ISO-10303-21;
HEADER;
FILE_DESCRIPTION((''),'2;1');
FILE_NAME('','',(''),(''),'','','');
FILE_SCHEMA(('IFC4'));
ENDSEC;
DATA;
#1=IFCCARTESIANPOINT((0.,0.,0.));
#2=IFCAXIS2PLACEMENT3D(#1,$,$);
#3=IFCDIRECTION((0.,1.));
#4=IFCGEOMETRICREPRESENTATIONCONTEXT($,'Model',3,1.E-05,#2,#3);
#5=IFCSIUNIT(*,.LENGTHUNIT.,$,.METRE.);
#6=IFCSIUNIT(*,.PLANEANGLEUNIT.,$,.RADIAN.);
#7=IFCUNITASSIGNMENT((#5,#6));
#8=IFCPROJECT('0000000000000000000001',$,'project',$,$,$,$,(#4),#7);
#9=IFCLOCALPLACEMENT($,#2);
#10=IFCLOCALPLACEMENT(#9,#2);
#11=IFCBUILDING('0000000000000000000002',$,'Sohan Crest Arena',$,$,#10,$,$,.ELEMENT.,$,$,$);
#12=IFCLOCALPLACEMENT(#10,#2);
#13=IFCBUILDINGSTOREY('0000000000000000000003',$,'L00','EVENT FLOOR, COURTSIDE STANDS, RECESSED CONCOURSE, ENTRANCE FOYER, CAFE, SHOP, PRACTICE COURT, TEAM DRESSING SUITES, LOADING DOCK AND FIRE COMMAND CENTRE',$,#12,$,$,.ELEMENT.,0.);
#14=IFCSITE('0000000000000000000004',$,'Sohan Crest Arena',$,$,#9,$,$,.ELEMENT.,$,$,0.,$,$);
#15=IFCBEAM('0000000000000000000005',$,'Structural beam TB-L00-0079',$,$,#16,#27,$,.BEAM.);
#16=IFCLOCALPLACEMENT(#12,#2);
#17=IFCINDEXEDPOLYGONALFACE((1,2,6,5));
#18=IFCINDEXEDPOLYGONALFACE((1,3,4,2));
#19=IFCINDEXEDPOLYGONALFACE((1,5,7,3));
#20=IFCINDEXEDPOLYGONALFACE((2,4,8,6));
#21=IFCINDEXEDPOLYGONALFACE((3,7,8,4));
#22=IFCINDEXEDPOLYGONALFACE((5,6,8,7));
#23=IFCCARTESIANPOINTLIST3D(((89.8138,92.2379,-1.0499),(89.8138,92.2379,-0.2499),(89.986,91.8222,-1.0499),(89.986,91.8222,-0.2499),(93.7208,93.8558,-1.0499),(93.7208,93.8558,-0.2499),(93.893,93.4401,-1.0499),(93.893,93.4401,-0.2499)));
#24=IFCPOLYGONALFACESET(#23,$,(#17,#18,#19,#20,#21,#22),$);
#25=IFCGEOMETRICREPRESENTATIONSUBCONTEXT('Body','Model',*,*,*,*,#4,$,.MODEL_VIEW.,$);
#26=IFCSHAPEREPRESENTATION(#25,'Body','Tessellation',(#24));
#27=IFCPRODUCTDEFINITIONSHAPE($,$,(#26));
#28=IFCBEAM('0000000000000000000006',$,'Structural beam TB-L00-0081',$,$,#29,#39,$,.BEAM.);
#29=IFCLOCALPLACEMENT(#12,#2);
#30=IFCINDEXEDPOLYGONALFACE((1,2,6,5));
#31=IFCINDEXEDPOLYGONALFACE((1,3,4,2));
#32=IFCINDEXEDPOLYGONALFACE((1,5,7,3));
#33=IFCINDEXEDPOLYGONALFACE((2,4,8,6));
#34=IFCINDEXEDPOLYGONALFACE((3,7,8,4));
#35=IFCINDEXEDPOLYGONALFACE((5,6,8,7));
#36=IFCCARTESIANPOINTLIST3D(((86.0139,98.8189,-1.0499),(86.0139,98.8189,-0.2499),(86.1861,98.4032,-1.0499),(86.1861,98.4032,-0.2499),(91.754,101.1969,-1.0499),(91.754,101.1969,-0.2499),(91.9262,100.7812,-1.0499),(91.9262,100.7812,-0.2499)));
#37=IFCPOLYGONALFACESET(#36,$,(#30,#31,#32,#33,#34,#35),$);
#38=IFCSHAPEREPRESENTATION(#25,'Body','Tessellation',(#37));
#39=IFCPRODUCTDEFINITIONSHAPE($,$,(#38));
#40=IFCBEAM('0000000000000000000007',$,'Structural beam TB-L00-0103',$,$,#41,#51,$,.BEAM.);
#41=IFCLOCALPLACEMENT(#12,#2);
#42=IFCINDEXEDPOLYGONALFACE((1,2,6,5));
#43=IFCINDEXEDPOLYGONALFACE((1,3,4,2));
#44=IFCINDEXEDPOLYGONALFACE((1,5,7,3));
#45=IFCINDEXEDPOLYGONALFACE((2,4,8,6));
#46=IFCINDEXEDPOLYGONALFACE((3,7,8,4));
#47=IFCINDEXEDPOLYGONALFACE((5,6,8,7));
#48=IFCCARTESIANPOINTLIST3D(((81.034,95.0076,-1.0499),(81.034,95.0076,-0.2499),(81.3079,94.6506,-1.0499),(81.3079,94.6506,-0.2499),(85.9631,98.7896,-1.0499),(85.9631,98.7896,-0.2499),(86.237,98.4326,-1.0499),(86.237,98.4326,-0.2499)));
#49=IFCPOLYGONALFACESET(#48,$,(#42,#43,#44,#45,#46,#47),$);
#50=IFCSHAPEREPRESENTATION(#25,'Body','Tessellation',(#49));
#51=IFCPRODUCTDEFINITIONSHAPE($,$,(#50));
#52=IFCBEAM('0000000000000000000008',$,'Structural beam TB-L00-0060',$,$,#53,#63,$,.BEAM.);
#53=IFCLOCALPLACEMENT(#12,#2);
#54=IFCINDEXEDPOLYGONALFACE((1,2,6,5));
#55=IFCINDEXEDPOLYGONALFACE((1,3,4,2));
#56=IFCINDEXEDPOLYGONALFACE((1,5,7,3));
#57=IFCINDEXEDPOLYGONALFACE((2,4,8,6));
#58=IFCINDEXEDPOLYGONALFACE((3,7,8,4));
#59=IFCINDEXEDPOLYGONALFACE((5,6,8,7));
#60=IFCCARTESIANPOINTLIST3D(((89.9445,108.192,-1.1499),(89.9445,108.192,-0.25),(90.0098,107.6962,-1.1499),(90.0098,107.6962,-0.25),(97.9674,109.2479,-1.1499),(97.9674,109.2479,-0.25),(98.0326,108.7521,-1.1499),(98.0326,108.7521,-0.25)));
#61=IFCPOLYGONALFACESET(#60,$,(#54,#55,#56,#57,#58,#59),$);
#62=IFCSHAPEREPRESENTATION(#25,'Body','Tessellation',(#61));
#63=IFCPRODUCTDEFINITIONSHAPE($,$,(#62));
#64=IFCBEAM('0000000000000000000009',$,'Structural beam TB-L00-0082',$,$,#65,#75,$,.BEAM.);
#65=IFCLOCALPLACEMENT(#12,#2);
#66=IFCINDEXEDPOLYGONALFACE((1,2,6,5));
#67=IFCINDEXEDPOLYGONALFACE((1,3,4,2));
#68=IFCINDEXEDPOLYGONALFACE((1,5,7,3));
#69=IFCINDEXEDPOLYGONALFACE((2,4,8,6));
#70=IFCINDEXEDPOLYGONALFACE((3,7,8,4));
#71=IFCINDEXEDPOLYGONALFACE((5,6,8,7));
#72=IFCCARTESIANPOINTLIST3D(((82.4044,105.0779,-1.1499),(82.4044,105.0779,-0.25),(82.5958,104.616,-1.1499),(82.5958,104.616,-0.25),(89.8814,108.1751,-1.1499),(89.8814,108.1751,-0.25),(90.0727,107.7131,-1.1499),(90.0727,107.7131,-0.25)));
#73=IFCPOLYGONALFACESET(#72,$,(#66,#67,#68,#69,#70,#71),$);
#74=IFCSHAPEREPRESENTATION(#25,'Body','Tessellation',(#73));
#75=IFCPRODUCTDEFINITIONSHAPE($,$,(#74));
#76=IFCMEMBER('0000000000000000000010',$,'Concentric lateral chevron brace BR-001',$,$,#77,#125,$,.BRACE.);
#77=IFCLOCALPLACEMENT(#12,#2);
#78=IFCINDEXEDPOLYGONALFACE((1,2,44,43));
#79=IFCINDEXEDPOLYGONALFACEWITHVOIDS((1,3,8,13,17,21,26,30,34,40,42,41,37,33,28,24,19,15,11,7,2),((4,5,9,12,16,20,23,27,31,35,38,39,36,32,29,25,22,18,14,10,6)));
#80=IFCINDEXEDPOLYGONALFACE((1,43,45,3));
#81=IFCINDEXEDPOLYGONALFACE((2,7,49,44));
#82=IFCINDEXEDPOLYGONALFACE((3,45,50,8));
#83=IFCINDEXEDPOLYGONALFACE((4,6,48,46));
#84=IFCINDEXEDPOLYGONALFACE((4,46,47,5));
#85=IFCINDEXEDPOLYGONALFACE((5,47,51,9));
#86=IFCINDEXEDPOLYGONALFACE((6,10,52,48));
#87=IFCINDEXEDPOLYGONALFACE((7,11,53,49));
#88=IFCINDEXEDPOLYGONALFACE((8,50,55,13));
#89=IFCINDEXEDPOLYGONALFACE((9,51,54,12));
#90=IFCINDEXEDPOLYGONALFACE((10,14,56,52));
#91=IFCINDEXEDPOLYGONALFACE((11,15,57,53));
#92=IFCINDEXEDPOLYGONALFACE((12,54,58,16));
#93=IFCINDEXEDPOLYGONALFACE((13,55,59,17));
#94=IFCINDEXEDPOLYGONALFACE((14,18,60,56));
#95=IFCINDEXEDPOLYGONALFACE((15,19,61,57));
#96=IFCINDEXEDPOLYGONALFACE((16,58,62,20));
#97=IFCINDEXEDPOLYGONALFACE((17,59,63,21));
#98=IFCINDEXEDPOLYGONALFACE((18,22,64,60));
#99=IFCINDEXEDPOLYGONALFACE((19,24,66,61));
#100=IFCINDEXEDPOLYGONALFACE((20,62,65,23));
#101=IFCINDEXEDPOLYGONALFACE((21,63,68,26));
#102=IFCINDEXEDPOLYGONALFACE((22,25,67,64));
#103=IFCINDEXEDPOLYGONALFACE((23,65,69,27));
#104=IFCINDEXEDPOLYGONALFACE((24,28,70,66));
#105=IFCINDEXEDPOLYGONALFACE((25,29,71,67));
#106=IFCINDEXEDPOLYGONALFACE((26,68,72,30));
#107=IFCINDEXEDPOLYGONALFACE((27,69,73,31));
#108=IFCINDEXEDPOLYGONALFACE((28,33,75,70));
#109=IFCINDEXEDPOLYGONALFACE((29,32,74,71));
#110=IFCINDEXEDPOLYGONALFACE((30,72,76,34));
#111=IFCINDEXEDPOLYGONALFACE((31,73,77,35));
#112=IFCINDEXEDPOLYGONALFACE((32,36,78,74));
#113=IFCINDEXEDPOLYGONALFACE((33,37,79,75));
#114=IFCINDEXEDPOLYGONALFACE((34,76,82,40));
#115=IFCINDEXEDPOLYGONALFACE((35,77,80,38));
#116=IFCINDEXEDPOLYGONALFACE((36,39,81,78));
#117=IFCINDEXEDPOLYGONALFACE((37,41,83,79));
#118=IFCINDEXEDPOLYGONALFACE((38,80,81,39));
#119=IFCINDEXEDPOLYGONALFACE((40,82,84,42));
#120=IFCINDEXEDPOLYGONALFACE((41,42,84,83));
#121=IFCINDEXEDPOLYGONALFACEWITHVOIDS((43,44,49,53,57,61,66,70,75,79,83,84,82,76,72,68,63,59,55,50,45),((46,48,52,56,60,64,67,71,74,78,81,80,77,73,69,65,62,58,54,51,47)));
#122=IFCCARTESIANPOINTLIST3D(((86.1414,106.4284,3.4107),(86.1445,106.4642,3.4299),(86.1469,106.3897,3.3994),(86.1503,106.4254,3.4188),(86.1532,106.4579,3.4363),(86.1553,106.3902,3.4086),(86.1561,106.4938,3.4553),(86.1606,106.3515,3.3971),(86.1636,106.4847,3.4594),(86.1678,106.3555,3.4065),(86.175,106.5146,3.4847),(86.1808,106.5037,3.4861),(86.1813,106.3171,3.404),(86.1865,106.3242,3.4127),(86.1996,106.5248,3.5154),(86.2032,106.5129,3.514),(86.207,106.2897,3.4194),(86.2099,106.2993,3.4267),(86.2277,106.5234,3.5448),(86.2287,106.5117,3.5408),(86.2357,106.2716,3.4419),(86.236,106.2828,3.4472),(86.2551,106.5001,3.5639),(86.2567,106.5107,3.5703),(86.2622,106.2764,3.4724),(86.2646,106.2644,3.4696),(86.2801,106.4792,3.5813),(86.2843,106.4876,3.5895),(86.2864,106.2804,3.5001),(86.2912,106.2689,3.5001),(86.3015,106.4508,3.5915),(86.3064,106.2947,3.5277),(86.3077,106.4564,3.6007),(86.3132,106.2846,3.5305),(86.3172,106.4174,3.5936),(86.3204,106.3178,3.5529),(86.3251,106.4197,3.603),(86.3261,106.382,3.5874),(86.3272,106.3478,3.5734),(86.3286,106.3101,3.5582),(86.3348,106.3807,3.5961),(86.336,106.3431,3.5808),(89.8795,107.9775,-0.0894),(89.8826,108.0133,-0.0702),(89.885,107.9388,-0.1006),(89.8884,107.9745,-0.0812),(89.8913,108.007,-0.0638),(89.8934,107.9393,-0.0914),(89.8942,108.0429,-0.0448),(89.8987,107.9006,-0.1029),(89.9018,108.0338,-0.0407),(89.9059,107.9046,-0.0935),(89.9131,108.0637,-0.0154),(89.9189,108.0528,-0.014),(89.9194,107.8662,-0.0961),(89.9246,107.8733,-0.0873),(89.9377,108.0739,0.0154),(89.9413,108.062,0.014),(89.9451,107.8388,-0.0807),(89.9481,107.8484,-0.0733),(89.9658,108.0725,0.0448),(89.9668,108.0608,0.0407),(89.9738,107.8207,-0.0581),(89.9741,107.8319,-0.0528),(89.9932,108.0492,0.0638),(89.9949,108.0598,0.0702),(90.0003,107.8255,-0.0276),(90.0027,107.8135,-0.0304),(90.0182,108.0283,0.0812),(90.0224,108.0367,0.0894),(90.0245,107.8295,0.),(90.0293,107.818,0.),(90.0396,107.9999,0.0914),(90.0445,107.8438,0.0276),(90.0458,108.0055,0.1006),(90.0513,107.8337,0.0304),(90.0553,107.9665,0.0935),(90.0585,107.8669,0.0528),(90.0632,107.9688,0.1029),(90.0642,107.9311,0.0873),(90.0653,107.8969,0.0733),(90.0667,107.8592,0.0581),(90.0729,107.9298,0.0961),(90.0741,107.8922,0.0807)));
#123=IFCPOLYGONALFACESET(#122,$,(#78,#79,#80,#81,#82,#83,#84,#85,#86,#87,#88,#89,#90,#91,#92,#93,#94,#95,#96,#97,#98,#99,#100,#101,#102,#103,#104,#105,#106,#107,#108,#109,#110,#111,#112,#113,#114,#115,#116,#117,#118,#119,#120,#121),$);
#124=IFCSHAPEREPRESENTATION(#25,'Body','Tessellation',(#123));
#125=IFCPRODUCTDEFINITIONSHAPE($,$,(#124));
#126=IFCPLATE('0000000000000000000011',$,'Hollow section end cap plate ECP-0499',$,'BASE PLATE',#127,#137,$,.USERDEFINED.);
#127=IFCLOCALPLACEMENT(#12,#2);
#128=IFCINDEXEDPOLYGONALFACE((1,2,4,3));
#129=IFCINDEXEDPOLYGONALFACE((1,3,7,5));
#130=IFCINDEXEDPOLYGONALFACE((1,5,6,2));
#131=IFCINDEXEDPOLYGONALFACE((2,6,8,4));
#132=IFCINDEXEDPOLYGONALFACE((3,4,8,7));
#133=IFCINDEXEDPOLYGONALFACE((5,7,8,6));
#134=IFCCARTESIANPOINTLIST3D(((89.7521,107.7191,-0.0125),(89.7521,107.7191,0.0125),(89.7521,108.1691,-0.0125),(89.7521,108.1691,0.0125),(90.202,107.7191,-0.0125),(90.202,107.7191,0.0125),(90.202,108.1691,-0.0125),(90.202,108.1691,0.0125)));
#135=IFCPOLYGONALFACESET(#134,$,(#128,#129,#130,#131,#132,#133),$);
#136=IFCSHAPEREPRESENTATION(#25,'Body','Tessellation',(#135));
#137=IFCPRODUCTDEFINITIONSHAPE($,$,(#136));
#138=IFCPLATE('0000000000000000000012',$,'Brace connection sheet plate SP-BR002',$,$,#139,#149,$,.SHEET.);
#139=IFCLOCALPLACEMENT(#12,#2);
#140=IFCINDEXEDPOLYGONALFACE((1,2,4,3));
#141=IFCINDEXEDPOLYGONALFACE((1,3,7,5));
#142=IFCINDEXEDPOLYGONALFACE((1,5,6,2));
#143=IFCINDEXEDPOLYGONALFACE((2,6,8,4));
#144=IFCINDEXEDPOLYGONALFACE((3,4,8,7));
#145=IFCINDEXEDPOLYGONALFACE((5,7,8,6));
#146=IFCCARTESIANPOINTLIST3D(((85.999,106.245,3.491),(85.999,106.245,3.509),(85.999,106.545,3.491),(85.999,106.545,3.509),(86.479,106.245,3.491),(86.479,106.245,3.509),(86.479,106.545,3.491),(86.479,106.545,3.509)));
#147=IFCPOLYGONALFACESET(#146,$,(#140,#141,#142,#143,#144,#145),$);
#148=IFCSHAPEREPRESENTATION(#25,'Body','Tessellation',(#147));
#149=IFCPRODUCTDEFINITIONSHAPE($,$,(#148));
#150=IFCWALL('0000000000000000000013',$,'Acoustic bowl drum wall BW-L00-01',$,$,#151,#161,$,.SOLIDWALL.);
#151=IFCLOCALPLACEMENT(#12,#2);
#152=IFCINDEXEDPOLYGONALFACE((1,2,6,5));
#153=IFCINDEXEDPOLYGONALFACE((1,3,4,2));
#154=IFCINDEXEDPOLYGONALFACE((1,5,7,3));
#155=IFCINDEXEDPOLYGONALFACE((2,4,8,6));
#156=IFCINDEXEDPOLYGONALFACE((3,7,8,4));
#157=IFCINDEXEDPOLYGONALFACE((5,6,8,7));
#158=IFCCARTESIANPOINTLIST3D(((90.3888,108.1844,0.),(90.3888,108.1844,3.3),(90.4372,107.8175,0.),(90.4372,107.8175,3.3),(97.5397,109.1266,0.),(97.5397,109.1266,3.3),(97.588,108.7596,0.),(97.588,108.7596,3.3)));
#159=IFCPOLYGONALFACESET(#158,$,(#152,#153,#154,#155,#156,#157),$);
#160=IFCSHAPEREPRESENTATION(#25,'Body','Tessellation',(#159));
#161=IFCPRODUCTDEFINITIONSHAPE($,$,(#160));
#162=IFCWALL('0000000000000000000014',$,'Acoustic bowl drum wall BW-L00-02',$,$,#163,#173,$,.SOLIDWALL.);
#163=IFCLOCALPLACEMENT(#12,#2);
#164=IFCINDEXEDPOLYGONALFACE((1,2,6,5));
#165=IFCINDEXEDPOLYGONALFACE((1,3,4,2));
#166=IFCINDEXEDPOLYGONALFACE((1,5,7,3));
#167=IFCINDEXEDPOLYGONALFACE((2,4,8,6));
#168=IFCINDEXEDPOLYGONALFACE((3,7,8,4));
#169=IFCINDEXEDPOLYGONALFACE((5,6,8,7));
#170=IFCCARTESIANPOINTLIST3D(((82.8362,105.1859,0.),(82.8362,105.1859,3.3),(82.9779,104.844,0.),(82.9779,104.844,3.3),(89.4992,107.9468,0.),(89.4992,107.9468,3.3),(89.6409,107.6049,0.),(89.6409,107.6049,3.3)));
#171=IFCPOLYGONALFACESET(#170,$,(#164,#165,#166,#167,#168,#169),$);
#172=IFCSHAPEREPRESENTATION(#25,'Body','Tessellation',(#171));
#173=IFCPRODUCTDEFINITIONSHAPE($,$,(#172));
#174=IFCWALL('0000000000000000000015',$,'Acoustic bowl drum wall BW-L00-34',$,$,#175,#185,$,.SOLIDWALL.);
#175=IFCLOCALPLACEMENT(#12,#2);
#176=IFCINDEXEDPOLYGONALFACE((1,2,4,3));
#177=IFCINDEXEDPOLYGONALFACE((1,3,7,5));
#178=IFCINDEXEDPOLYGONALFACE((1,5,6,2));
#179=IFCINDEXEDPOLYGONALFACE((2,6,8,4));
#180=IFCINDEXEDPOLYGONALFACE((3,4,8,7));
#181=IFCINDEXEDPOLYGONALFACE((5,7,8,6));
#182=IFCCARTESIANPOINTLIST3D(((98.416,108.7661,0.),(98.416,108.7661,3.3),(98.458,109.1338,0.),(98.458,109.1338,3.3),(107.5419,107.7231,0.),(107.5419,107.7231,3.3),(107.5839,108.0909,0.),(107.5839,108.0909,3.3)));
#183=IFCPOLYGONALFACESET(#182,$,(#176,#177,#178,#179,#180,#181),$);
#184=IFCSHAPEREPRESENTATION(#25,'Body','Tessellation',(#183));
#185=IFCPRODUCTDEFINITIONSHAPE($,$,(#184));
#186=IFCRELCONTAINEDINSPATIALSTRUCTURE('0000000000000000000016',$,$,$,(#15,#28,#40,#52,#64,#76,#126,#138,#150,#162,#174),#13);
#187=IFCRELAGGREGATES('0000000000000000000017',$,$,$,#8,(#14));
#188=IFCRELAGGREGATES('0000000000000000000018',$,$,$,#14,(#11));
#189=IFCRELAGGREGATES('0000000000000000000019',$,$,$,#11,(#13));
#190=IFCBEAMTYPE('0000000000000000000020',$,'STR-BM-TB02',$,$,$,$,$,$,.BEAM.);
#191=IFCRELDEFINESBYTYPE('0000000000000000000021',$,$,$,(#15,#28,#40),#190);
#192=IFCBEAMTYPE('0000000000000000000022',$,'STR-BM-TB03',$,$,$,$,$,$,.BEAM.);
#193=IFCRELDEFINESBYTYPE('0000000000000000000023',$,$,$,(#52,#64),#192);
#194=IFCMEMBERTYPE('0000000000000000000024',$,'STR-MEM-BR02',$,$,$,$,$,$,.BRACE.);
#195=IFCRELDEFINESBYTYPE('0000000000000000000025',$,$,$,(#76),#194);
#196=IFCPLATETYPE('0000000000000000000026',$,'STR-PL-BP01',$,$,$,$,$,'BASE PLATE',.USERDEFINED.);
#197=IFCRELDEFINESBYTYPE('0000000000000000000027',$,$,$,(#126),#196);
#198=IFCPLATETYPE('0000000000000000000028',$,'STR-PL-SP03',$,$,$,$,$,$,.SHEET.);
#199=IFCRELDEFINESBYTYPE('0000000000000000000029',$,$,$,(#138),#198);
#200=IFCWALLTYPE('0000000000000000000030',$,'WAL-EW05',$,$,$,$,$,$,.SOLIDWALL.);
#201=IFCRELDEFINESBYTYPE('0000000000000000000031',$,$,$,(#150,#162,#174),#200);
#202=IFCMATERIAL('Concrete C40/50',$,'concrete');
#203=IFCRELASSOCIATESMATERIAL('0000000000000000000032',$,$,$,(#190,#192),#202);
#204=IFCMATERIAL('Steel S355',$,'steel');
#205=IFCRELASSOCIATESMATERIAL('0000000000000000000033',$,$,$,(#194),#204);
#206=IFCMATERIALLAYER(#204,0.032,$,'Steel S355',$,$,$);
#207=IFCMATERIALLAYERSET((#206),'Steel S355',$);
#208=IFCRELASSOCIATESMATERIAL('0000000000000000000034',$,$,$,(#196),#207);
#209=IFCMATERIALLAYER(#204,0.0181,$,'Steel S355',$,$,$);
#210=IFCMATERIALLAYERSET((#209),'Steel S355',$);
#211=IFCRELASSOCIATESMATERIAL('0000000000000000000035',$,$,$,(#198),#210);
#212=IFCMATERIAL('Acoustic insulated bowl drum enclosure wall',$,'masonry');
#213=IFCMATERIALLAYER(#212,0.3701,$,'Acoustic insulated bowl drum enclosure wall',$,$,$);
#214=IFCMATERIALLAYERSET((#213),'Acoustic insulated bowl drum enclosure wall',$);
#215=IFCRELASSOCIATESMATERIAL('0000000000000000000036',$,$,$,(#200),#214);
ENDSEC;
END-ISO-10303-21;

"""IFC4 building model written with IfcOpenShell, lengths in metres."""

from ifc_helpers import new_model, si_unit, direction, frame, frame_2d, origin, origin_2d, place, context, subcontext, project, spatial, rectangle, hollow_circle, extrude, material, layer, layer_set, material_profile, profile_set, type_object, element, save


model = new_model("IFC4")

# Units and contexts
model_context = context("Model", 3, precision=1e-05, world=origin(), true_north=direction((0.0, 1.0)))
body_context = subcontext(model_context, "Body", "Model", "MODEL_VIEW")
ifc_project = project(units=[si_unit("LENGTHUNIT", "METRE"), si_unit("PLANEANGLEUNIT", "RADIAN")], contexts=[model_context])

# Site, building, storey
site_placement = place(None, origin())
site = spatial("IfcSite", under=ifc_project, at=site_placement, Name="Sohan Crest Arena", CompositionType="ELEMENT", RefElevation=0.0)
building_placement = place(site_placement, origin())
building = spatial("IfcBuilding", under=site, at=building_placement, Name="Sohan Crest Arena", CompositionType="ELEMENT")
storey_placement = place(building_placement, origin())
storey = spatial("IfcBuildingStorey", under=building, at=storey_placement, Name="L00", Description="EVENT FLOOR, COURTSIDE STANDS, RECESSED CONCOURSE, ENTRANCE FOYER, CAFE, SHOP, PRACTICE COURT, TEAM DRESSING SUITES, LOADING DOCK AND FIRE COMMAND CENTRE", CompositionType="ELEMENT", Elevation=0.0)

# Shared definitions
ifc_material_1 = material(Name="Concrete C40/50", Category="concrete")

# Beams
ifc_material_2 = material(Name="Steel S355", Category="steel")
ifc_material_profile_1 = material_profile(ifc_material_1, rectangle(XDim=0.45, YDim=0.8, at=origin_2d()), Name="RC-BM 450x800")
ifc_profile_set_1 = profile_set([ifc_material_profile_1], Name="Concrete C40/50")
beam_type_1 = type_object("IfcBeamType", Name="STR-BM-TB02", PredefinedType="BEAM", material=ifc_profile_set_1)
beam_1_placement = place(storey_placement, frame((93.8069, 93.6479, -0.6499), z_axis=(-0.923913, -0.382602, 0.0), x_axis=(0.382602, -0.923913, 0.0)))
element("IfcBeam", 1, at=beam_1_placement, inside=storey, type_object=beam_type_1, Name="Structural beam TB-L00-0079", PredefinedType="BEAM", context=body_context, shape_type="SweptSolid", body=[
    extrude(rectangle(XDim=0.45, YDim=0.8, at=origin_2d()), origin(), (0.0, 0.0, 1.0), 4.2288),
])
beam_2_placement = place(storey_placement, frame((91.8401, 100.989, -0.6499), z_axis=(-0.92386, -0.382731, 0.0), x_axis=(0.382731, -0.92386, 0.0)))
element("IfcBeam", 2, at=beam_2_placement, inside=storey, type_object=beam_type_1, Name="Structural beam TB-L00-0081", PredefinedType="BEAM", context=body_context, shape_type="SweptSolid", body=[
    extrude(rectangle(XDim=0.45, YDim=0.8, at=origin_2d()), origin(), (0.0, 0.0, 1.0), 6.2131),
])
beam_3_placement = place(storey_placement, frame((86.1001, 98.6111, -0.6499), z_axis=(-0.793379, -0.608728, 0.0), x_axis=(0.608728, -0.793379, 0.0)))
element("IfcBeam", 3, at=beam_3_placement, inside=storey, type_object=beam_type_1, Name="Structural beam TB-L00-0103", PredefinedType="BEAM", context=body_context, shape_type="SweptSolid", body=[
    extrude(rectangle(XDim=0.45, YDim=0.8, at=origin_2d()), origin(), (0.0, 0.0, 1.0), 6.2129),
])
ifc_material_profile_2 = material_profile(ifc_material_1, rectangle(XDim=0.5, YDim=0.8999, at=origin_2d()), Name="RC-BM 500x900")
ifc_profile_set_2 = profile_set([ifc_material_profile_2], Name="Concrete C40/50")
beam_type_2 = type_object("IfcBeamType", Name="STR-BM-TB03", PredefinedType="BEAM", material=ifc_profile_set_2)
beam_4_placement = place(storey_placement, frame((98.0, 109.0, -0.7), z_axis=(-0.99145, -0.130486, 0.0), x_axis=(0.130486, -0.99145, 0.0)))
element("IfcBeam", 4, at=beam_4_placement, inside=storey, type_object=beam_type_2, Name="Structural beam TB-L00-0060", PredefinedType="BEAM", context=body_context, shape_type="SweptSolid", body=[
    extrude(rectangle(XDim=0.5, YDim=0.8999, at=origin_2d()), origin(), (0.0, 0.0, 1.0), 8.092),
])
beam_5_placement = place(storey_placement, frame((89.9771, 107.9441, -0.7), z_axis=(-0.923876, -0.382691, 0.0), x_axis=(0.382691, -0.923876, 0.0)))
element("IfcBeam", 5, at=beam_5_placement, inside=storey, type_object=beam_type_2, Name="Structural beam TB-L00-0082", PredefinedType="BEAM", context=body_context, shape_type="SweptSolid", body=[
    extrude(rectangle(XDim=0.5, YDim=0.8999, at=origin_2d()), origin(), (0.0, 0.0, 1.0), 8.093),
])

# Member
ifc_material_profile_3 = material_profile(ifc_material_2, hollow_circle(Radius=0.1365, WallThickness=0.0125, at=origin_2d()), Name="CHS 273x12.5")
ifc_profile_set_3 = profile_set([ifc_material_profile_3], Name="Steel S355")
member_type = type_object("IfcMemberType", Name="STR-MEM-BR02", PredefinedType="BRACE", material=ifc_profile_set_3)
member_placement = place(storey_placement, frame((89.9771, 107.9441, 0.0), z_axis=(-0.698698, -0.289546, 0.654205), x_axis=(0.382837, -0.923816, 0.0)))
element("IfcMember", 6, at=member_placement, inside=storey, type_object=member_type, Name="Concentric lateral chevron brace BR-001", PredefinedType="BRACE", context=body_context, shape_type="SweptSolid", body=[
    extrude(hollow_circle(Radius=0.1365, WallThickness=0.0125, at=origin_2d()), origin(), (0.0, 0.0, 1.0), 5.3501),
])

# Plates
ifc_layer_1 = layer(ifc_material_2, 0.032, Name="Steel S355")
ifc_layer_set_1 = layer_set([ifc_layer_1], Name="Steel S355")
plate_type_1 = type_object("IfcPlateType", Name="STR-PL-BP01", ElementType="BASE PLATE", PredefinedType="USERDEFINED", material=ifc_layer_set_1)
plate_1_placement = place(storey_placement, frame((89.9771, 107.9441, -0.0125), z_axis=(0.0, 0.0, 1.0), x_axis=(1.0, 0.0, 0.0)))
element("IfcPlate", 7, at=plate_1_placement, inside=storey, type_object=plate_type_1, Name="Hollow section end cap plate ECP-0499", ObjectType="BASE PLATE", PredefinedType="USERDEFINED", context=body_context, shape_type="SweptSolid", body=[
    extrude(rectangle(XDim=0.45, YDim=0.45, at=origin_2d()), origin(), (0.0, 0.0, 1.0), 0.0249),
])
ifc_layer_2 = layer(ifc_material_2, 0.0181, Name="Steel S355")
ifc_layer_set_2 = layer_set([ifc_layer_2], Name="Steel S355")
plate_type_2 = type_object("IfcPlateType", Name="STR-PL-SP03", PredefinedType="SHEET", material=ifc_layer_set_2)
plate_2_placement = place(storey_placement, frame((86.239, 106.395, 3.491), z_axis=(0.0, 0.0, 1.0), x_axis=(1.0, 0.0, 0.0)))
element("IfcPlate", 8, at=plate_2_placement, inside=storey, type_object=plate_type_2, Name="Brace connection sheet plate SP-BR002", PredefinedType="SHEET", context=body_context, shape_type="SweptSolid", body=[
    extrude(rectangle(XDim=0.48, YDim=0.3, at=origin_2d()), origin(), (0.0, 0.0, 1.0), 0.0181),
])

# Walls
ifc_material_3 = material(Name="Acoustic insulated bowl drum enclosure wall", Category="masonry")
ifc_layer_3 = layer(ifc_material_3, 0.3701, Name="Acoustic insulated bowl drum enclosure wall")
ifc_layer_set_3 = layer_set([ifc_layer_3], Name="Acoustic insulated bowl drum enclosure wall")
wall_type = type_object("IfcWallType", Name="WAL-EW05", PredefinedType="SOLIDWALL", material=ifc_layer_set_3)
wall_1_placement = place(storey_placement, frame((97.564, 108.9431, 0.0), z_axis=(0.0, 0.0, 1.0), x_axis=(-0.991432, -0.130623, 0.0)))
element("IfcWall", 9, at=wall_1_placement, inside=storey, type_object=wall_type, Name="Acoustic bowl drum wall BW-L00-01", PredefinedType="SOLIDWALL", context=body_context, shape_type="SweptSolid", body=[
    extrude(rectangle(XDim=7.2126, YDim=0.3701, at=frame_2d((3.6064, 0.0))), origin(), (0.0, 0.0, 1.0), 3.3),
])
wall_2_placement = place(storey_placement, frame((89.5701, 107.7759, 0.0), z_axis=(0.0, 0.0, 1.0), x_axis=(-0.923828, -0.382807, 0.0)))
element("IfcWall", 10, at=wall_2_placement, inside=storey, type_object=wall_type, Name="Acoustic bowl drum wall BW-L00-02", PredefinedType="SOLIDWALL", context=body_context, shape_type="SweptSolid", body=[
    extrude(rectangle(XDim=7.2124, YDim=0.3701, at=frame_2d((3.6062, 0.0))), origin(), (0.0, 0.0, 1.0), 3.3),
])
wall_3_placement = place(storey_placement, frame((107.563, 107.907, 0.0), z_axis=(0.0, 0.0, 1.0), x_axis=(-0.993533, 0.113547, 0.0)))
element("IfcWall", 11, at=wall_3_placement, inside=storey, type_object=wall_type, Name="Acoustic bowl drum wall BW-L00-34", PredefinedType="SOLIDWALL", context=body_context, shape_type="SweptSolid", body=[
    extrude(rectangle(XDim=9.1853, YDim=0.3701, at=frame_2d((4.5928, 0.0))), origin(), (0.0, 0.0, 1.0), 3.3),
])

save(model, "model.ifc")
